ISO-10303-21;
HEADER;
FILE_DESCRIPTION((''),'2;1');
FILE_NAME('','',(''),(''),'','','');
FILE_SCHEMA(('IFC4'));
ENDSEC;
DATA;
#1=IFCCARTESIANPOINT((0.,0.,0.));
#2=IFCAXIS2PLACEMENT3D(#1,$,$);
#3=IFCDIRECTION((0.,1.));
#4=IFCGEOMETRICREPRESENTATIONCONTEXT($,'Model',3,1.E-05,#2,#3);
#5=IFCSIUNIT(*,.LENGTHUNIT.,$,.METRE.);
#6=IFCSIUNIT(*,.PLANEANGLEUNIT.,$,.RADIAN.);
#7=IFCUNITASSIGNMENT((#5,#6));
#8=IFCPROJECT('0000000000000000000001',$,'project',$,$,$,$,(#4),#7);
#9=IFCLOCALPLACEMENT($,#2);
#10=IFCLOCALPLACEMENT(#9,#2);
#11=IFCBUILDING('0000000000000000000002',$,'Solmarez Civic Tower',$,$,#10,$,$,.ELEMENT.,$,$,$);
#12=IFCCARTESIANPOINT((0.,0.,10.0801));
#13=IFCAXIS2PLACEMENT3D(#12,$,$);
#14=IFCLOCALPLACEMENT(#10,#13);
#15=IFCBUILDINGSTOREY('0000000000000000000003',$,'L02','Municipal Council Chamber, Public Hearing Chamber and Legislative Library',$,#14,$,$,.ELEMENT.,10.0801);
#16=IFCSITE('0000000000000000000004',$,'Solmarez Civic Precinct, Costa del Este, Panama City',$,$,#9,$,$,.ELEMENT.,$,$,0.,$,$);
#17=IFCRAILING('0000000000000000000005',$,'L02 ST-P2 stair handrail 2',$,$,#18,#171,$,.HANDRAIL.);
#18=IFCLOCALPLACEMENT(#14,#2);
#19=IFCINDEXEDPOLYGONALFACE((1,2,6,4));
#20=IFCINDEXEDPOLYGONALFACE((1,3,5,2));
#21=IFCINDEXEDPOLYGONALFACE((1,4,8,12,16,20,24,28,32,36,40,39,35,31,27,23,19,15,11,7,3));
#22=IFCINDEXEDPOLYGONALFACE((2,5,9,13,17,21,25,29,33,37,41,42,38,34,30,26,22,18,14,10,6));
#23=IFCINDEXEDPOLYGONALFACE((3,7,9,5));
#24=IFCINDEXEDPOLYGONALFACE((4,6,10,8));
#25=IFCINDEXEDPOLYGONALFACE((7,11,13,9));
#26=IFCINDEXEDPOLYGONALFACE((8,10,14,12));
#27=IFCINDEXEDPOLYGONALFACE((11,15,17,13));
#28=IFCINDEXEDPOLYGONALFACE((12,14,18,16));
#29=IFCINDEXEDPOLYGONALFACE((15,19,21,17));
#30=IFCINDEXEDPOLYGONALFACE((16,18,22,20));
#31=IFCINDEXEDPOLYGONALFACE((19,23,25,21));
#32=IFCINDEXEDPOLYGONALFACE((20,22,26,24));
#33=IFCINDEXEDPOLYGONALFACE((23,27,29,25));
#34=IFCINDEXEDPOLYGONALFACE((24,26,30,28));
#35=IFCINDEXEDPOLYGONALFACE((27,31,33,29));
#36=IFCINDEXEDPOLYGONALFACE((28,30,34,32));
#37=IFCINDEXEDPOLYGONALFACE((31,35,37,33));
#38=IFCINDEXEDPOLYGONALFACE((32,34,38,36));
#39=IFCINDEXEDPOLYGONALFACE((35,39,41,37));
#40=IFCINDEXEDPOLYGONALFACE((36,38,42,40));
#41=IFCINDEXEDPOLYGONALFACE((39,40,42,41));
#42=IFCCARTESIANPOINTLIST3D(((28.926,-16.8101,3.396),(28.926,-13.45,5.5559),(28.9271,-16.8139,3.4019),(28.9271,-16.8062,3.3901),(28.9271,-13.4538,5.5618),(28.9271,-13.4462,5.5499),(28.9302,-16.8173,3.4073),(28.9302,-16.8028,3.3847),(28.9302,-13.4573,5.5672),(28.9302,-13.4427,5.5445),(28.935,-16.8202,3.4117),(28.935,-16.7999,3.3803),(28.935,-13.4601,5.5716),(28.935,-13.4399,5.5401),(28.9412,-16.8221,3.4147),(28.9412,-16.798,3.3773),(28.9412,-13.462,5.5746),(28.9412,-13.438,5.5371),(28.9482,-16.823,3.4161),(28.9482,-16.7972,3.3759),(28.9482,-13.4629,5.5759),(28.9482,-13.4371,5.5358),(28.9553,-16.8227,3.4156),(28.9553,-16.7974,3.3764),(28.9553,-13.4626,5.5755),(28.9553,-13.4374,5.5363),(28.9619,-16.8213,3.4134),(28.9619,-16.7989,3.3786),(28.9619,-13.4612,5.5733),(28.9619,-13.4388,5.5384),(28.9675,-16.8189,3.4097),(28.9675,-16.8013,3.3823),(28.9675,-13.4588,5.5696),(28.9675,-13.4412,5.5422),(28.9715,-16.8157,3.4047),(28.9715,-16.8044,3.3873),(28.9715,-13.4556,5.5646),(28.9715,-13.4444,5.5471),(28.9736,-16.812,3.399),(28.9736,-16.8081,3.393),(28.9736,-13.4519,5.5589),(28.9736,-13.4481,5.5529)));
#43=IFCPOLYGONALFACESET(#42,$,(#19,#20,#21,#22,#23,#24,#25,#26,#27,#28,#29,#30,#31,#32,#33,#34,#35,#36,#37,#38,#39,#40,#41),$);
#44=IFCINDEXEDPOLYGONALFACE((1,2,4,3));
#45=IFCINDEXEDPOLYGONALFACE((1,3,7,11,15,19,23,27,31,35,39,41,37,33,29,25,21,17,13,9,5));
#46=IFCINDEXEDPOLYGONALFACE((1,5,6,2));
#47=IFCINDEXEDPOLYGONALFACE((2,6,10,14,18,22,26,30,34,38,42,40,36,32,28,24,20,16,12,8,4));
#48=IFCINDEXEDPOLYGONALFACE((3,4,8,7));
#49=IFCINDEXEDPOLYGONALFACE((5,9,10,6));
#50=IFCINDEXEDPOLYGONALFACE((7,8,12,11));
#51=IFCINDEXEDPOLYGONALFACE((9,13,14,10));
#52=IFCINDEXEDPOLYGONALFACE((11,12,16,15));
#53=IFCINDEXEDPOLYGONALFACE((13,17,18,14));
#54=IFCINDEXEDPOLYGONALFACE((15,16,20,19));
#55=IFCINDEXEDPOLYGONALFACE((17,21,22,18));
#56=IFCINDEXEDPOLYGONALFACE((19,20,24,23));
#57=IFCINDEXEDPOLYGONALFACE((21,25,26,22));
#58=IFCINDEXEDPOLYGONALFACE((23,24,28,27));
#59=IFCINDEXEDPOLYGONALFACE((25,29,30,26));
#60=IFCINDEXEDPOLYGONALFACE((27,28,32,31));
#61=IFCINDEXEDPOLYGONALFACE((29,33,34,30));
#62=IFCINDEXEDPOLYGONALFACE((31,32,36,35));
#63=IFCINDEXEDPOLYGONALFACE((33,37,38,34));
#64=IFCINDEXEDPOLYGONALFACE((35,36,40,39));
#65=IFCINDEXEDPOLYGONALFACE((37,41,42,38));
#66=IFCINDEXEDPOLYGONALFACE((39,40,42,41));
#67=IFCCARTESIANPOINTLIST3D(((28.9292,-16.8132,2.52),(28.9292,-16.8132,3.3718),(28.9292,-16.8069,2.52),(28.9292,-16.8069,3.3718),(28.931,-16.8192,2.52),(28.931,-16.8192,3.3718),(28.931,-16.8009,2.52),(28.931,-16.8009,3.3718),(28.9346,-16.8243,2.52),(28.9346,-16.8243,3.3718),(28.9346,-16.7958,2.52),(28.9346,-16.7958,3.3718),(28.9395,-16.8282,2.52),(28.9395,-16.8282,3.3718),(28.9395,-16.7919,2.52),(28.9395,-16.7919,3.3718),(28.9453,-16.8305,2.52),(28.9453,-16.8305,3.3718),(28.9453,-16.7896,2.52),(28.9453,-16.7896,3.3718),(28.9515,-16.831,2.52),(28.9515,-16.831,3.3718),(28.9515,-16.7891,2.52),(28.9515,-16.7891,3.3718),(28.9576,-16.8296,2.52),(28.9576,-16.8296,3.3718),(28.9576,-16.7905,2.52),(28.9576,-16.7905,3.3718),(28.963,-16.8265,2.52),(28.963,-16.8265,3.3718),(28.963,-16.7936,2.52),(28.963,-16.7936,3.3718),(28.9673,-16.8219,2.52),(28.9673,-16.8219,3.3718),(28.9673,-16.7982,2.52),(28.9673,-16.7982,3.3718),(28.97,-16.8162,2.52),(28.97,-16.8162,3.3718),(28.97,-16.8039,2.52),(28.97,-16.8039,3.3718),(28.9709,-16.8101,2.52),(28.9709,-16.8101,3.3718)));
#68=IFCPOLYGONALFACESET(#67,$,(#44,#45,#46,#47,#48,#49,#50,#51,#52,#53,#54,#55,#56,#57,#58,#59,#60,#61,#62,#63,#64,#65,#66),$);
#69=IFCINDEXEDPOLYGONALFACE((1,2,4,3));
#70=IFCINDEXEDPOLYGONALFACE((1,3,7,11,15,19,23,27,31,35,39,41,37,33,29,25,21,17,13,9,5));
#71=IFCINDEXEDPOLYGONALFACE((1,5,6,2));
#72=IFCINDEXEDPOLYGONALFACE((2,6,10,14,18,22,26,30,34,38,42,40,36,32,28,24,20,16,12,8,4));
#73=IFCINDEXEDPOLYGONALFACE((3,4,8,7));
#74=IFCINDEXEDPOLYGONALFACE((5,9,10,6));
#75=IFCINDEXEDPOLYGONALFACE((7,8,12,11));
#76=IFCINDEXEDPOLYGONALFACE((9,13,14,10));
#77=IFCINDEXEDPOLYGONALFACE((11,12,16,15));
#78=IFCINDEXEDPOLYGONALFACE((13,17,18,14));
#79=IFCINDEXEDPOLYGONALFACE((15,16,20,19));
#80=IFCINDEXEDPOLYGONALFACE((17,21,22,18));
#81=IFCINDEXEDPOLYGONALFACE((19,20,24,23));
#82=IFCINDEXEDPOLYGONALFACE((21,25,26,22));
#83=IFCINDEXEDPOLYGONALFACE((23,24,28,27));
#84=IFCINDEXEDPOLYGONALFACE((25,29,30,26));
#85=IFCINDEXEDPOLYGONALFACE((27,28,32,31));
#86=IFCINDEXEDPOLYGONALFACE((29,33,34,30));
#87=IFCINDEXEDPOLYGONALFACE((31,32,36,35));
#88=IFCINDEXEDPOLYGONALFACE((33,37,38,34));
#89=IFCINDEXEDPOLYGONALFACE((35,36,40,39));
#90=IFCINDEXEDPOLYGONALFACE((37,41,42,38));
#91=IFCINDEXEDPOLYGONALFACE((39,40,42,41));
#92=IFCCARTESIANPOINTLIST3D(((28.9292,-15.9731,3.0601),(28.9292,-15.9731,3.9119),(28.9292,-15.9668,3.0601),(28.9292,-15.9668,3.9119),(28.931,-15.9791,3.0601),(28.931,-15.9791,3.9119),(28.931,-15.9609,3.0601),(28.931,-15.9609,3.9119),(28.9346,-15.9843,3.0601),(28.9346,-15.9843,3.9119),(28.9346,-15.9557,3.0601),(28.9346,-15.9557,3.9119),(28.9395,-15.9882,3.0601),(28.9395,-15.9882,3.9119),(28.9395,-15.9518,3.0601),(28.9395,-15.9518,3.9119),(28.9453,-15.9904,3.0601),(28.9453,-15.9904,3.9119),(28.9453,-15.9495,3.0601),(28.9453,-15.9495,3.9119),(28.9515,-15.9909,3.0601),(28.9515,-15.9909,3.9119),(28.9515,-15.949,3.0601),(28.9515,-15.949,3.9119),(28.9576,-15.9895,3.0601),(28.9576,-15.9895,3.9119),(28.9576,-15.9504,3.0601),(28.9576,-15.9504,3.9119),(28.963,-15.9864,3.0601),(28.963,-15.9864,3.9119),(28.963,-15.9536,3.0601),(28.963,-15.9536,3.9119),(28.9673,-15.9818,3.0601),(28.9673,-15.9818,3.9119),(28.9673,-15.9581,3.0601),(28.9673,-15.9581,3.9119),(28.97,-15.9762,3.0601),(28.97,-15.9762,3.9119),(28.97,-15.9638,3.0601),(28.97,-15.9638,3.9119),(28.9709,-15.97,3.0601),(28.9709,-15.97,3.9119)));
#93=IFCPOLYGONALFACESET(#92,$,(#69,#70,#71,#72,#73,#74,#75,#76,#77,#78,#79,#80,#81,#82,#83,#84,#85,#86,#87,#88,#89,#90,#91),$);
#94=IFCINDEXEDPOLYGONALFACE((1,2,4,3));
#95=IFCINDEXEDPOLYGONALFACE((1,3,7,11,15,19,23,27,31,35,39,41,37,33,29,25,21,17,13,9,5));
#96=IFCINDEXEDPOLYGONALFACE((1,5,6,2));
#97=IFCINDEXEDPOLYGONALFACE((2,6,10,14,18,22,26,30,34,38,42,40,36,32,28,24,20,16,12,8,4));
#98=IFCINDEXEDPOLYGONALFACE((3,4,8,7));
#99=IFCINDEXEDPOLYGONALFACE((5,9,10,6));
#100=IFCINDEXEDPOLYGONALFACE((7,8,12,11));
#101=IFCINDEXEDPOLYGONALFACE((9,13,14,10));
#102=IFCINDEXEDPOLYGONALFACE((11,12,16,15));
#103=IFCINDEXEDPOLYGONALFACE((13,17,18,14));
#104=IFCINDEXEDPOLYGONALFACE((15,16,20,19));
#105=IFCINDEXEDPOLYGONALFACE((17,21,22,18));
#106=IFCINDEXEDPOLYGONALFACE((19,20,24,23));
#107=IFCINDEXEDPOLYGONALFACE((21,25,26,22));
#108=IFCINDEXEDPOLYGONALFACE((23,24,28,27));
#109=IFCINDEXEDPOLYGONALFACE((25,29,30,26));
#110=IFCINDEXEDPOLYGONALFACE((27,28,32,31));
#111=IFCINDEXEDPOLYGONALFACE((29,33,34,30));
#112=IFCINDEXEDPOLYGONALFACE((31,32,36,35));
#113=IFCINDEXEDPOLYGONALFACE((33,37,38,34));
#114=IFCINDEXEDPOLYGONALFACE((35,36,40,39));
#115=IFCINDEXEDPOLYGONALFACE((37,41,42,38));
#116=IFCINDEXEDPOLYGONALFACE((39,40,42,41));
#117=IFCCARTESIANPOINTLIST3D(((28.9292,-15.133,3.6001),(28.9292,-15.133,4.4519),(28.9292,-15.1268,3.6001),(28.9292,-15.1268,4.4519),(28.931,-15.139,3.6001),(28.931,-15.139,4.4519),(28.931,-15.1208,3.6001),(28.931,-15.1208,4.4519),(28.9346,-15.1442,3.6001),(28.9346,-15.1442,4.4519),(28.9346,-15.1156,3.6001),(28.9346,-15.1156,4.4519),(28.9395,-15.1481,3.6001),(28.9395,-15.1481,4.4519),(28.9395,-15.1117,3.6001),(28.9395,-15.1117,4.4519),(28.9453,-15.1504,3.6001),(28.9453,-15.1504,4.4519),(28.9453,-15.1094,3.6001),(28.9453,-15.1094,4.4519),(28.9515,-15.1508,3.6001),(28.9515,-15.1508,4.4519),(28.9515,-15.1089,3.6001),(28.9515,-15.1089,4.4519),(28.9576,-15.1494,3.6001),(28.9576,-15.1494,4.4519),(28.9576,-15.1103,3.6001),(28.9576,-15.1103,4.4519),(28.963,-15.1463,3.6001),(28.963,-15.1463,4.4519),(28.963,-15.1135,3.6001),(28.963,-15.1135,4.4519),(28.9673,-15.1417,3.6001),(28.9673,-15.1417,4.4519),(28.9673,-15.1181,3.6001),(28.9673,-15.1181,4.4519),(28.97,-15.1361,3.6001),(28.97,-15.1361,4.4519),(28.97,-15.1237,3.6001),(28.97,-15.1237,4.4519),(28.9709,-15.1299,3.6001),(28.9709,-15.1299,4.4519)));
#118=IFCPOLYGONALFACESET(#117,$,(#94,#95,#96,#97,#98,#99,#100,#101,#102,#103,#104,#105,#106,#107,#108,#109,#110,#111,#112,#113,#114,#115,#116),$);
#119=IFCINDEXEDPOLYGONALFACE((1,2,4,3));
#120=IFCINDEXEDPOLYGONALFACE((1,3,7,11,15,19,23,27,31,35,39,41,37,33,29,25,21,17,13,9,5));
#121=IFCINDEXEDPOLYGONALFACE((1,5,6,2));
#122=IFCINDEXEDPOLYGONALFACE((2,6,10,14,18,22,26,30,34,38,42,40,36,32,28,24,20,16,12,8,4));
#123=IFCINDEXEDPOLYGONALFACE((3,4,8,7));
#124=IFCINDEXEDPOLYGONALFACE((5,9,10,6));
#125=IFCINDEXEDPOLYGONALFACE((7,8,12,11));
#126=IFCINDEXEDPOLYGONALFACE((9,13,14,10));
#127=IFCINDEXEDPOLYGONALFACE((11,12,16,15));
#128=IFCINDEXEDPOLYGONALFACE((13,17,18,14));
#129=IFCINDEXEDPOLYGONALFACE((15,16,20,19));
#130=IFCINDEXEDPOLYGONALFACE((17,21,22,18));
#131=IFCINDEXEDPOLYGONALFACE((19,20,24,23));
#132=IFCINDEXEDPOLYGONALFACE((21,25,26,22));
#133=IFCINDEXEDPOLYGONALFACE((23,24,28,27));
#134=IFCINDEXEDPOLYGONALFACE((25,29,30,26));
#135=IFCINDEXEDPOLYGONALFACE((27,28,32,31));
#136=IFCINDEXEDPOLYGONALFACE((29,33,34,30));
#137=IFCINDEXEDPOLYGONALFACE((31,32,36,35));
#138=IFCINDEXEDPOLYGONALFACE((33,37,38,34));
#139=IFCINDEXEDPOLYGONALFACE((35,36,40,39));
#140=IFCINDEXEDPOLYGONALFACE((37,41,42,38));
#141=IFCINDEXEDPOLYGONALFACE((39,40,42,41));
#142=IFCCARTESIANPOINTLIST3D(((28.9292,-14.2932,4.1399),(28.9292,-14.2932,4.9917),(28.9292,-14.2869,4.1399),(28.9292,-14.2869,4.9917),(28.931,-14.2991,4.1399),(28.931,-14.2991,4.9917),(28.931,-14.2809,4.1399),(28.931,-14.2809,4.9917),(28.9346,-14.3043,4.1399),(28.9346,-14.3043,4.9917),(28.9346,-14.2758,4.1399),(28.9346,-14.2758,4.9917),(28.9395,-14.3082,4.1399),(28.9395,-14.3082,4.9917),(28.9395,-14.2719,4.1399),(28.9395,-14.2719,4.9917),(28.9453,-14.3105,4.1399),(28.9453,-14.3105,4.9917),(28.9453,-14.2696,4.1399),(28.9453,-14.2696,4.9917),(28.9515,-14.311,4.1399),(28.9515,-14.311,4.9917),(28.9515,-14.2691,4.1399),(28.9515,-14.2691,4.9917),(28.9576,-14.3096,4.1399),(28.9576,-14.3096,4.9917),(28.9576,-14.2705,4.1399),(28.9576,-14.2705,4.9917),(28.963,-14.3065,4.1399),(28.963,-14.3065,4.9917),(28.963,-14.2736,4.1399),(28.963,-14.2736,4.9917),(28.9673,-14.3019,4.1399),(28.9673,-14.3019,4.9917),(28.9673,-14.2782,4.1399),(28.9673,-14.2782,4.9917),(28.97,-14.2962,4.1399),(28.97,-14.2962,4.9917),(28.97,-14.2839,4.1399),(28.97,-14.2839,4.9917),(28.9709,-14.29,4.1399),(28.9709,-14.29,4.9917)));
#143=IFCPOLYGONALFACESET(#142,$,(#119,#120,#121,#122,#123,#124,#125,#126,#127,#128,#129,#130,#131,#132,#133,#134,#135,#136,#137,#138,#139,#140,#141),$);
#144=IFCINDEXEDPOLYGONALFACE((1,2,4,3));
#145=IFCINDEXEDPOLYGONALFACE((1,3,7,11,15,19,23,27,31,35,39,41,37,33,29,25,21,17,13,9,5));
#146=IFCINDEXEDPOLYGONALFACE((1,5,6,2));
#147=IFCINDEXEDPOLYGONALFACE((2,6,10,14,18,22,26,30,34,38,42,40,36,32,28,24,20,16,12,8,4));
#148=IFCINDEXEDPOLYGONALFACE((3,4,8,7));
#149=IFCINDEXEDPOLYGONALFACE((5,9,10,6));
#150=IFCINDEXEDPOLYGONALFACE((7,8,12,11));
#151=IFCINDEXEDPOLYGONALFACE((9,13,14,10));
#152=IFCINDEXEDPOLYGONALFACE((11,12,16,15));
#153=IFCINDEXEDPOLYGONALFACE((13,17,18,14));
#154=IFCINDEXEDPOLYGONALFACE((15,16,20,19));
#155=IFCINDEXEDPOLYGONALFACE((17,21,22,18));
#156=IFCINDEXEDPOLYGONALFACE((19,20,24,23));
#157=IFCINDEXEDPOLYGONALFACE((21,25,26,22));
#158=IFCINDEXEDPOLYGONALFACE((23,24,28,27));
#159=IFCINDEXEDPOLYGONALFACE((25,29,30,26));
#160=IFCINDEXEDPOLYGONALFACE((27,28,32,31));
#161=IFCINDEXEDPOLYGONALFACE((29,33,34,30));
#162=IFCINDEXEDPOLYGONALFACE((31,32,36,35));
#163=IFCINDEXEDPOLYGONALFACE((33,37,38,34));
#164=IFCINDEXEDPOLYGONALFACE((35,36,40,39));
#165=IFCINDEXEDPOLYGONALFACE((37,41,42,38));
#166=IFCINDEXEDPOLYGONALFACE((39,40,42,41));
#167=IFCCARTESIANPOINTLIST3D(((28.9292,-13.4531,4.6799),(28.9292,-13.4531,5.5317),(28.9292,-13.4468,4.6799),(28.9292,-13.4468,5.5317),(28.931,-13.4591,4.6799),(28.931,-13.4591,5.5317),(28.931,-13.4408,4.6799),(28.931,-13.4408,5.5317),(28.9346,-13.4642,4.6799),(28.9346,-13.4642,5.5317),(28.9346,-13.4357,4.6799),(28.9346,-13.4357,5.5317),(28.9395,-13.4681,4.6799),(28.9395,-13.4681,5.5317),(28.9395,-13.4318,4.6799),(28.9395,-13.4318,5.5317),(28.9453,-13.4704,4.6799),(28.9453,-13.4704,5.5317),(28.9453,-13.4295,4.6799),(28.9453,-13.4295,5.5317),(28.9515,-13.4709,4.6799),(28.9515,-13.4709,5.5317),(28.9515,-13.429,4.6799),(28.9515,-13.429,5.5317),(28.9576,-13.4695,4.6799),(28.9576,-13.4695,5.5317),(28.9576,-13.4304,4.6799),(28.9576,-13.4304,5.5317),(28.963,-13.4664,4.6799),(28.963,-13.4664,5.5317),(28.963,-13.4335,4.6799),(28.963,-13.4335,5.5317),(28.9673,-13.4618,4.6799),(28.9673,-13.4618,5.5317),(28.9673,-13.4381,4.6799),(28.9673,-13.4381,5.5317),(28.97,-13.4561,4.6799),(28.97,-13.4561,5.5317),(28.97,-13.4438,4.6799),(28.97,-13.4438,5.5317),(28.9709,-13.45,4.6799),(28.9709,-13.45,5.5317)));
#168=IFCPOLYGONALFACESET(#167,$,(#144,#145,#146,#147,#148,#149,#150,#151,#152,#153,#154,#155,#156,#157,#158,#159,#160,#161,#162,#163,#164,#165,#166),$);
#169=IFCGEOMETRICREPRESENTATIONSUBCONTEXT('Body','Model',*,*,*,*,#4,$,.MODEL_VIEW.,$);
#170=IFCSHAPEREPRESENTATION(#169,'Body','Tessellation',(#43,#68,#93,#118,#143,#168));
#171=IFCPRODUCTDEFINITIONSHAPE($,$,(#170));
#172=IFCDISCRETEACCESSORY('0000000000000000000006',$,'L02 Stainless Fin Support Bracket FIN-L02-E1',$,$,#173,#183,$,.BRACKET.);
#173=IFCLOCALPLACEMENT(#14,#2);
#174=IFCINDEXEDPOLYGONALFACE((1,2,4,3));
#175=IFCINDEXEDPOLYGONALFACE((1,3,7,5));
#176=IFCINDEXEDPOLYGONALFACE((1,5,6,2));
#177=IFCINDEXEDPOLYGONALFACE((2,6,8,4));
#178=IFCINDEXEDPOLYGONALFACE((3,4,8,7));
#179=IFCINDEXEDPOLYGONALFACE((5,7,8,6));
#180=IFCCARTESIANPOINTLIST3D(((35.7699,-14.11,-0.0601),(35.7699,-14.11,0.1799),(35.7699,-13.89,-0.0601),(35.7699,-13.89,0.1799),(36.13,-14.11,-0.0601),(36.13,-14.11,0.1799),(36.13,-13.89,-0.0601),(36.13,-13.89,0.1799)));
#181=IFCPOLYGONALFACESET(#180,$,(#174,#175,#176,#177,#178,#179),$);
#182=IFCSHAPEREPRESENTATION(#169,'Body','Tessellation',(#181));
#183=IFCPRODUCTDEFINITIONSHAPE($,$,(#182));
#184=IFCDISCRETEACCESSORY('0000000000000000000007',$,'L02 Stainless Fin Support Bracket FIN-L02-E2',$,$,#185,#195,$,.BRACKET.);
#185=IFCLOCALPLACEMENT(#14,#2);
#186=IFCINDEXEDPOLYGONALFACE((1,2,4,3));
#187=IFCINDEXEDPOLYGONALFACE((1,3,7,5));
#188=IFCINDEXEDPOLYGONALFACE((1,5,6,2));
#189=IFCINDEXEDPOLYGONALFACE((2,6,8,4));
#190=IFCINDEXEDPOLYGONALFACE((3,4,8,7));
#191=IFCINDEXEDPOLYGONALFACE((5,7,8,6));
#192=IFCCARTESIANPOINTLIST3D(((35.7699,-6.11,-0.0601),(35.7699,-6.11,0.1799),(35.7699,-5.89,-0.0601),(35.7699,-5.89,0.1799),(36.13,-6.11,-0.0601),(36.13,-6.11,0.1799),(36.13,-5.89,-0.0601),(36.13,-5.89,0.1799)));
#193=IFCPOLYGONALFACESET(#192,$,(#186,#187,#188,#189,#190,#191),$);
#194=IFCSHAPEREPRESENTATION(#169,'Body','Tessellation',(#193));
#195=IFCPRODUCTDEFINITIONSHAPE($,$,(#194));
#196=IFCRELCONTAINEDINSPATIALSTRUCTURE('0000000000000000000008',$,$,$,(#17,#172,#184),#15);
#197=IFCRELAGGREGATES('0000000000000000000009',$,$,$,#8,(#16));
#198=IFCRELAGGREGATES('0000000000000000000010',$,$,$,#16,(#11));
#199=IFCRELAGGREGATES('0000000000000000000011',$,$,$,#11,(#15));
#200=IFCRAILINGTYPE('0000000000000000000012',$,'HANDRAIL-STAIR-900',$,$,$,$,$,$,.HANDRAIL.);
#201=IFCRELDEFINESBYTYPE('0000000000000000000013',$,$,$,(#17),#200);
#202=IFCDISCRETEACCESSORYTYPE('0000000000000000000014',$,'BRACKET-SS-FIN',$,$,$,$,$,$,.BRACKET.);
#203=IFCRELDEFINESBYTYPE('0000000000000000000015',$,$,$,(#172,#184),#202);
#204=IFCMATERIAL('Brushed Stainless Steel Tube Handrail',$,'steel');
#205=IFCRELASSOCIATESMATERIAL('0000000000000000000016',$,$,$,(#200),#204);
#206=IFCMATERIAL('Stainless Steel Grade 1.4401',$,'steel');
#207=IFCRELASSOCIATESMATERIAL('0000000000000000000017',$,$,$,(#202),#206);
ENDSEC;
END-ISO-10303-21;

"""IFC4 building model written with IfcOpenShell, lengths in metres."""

from ifc_helpers import new_model, si_unit, direction, frame, origin, origin_2d, place, context, subcontext, project, spatial, rectangle, circle, extrude, material, type_object, element, save


model = new_model("IFC4")

# Units and contexts
model_context = context("Model", 3, precision=1e-05, world=origin(), true_north=direction((0.0, 1.0)))
body_context = subcontext(model_context, "Body", "Model", "MODEL_VIEW")
ifc_project = project(units=[si_unit("LENGTHUNIT", "METRE"), si_unit("PLANEANGLEUNIT", "RADIAN")], contexts=[model_context])

# Site, building, storey
site_placement = place(None, origin())
site = spatial("IfcSite", under=ifc_project, at=site_placement, Name="Solmarez Civic Precinct, Costa del Este, Panama City", CompositionType="ELEMENT", RefElevation=0.0)
building_placement = place(site_placement, origin())
building = spatial("IfcBuilding", under=site, at=building_placement, Name="Solmarez Civic Tower", CompositionType="ELEMENT")
storey_placement = place(building_placement, frame((0.0, 0.0, 10.0801)))
storey = spatial("IfcBuildingStorey", under=building, at=storey_placement, Name="L02", Description="Municipal Council Chamber, Public Hearing Chamber and Legislative Library", CompositionType="ELEMENT", Elevation=10.0801)

# Railing
ifc_material_1 = material(Name="Brushed Stainless Steel Tube Handrail", Category="steel")
railing_type_1 = type_object("IfcRailingType", Name="HANDRAIL-STAIR-900", PredefinedType="HANDRAIL", material=ifc_material_1)
railing_1_placement = place(storey_placement, frame((28.95, -16.8101, 2.52)))
element("IfcRailing", 1, at=railing_1_placement, inside=storey, type_object=railing_type_1, Name="L02 ST-P2 stair handrail 2", PredefinedType="HANDRAIL", context=body_context, shape_type="SweptSolid", body=[
    extrude(circle(Radius=0.0239, at=origin_2d()), frame((0.0, 0.0, 0.876), z_axis=(0.0, 0.841196, 0.54073), x_axis=(-1.0, 0.0, 0.0)), (0.0, 0.0, 1.0), 3.9944),
    extrude(circle(Radius=0.021, at=origin_2d()), origin(), (0.0, 0.0, 1.0), 0.8518),
    extrude(circle(Radius=0.021, at=origin_2d()), frame((0.0, 0.8401, 0.54)), (0.0, 0.0, 1.0), 0.8518),
    extrude(circle(Radius=0.021, at=origin_2d()), frame((0.0, 1.6802, 1.0801)), (0.0, 0.0, 1.0), 0.8518),
    extrude(circle(Radius=0.021, at=origin_2d()), frame((0.0, 2.52, 1.6199)), (0.0, 0.0, 1.0), 0.8518),
    extrude(circle(Radius=0.021, at=origin_2d()), frame((0.0, 3.3601, 2.1599)), (0.0, 0.0, 1.0), 0.8518),
])

# Discrete accessories
ifc_material_2 = material(Name="Stainless Steel Grade 1.4401", Category="steel")
discrete_accessory_type = type_object("IfcDiscreteAccessoryType", Name="BRACKET-SS-FIN", PredefinedType="BRACKET", material=ifc_material_2)
for number, where, z_axis, x_axis, name in (
    (2, (35.95, -14.0, -0.0601), (0.0, 0.0, 1.0), (1.0, 0.0, 0.0), "L02 Stainless Fin Support Bracket FIN-L02-E1"),
    (3, (35.95, -6.0, -0.0601), (0.0, 0.0, 1.0), (1.0, 0.0, 0.0), "L02 Stainless Fin Support Bracket FIN-L02-E2"),
):
    element("IfcDiscreteAccessory", number, at=place(storey_placement, frame(where, z_axis=z_axis, x_axis=x_axis)), inside=storey, type_object=discrete_accessory_type, Name=name, PredefinedType="BRACKET", context=body_context, shape_type="SweptSolid", body=[
        extrude(rectangle(XDim=0.3601, YDim=0.22, at=origin_2d()), origin(), (0.0, 0.0, 1.0), 0.24),
    ])

save(model, "model.ifc")
